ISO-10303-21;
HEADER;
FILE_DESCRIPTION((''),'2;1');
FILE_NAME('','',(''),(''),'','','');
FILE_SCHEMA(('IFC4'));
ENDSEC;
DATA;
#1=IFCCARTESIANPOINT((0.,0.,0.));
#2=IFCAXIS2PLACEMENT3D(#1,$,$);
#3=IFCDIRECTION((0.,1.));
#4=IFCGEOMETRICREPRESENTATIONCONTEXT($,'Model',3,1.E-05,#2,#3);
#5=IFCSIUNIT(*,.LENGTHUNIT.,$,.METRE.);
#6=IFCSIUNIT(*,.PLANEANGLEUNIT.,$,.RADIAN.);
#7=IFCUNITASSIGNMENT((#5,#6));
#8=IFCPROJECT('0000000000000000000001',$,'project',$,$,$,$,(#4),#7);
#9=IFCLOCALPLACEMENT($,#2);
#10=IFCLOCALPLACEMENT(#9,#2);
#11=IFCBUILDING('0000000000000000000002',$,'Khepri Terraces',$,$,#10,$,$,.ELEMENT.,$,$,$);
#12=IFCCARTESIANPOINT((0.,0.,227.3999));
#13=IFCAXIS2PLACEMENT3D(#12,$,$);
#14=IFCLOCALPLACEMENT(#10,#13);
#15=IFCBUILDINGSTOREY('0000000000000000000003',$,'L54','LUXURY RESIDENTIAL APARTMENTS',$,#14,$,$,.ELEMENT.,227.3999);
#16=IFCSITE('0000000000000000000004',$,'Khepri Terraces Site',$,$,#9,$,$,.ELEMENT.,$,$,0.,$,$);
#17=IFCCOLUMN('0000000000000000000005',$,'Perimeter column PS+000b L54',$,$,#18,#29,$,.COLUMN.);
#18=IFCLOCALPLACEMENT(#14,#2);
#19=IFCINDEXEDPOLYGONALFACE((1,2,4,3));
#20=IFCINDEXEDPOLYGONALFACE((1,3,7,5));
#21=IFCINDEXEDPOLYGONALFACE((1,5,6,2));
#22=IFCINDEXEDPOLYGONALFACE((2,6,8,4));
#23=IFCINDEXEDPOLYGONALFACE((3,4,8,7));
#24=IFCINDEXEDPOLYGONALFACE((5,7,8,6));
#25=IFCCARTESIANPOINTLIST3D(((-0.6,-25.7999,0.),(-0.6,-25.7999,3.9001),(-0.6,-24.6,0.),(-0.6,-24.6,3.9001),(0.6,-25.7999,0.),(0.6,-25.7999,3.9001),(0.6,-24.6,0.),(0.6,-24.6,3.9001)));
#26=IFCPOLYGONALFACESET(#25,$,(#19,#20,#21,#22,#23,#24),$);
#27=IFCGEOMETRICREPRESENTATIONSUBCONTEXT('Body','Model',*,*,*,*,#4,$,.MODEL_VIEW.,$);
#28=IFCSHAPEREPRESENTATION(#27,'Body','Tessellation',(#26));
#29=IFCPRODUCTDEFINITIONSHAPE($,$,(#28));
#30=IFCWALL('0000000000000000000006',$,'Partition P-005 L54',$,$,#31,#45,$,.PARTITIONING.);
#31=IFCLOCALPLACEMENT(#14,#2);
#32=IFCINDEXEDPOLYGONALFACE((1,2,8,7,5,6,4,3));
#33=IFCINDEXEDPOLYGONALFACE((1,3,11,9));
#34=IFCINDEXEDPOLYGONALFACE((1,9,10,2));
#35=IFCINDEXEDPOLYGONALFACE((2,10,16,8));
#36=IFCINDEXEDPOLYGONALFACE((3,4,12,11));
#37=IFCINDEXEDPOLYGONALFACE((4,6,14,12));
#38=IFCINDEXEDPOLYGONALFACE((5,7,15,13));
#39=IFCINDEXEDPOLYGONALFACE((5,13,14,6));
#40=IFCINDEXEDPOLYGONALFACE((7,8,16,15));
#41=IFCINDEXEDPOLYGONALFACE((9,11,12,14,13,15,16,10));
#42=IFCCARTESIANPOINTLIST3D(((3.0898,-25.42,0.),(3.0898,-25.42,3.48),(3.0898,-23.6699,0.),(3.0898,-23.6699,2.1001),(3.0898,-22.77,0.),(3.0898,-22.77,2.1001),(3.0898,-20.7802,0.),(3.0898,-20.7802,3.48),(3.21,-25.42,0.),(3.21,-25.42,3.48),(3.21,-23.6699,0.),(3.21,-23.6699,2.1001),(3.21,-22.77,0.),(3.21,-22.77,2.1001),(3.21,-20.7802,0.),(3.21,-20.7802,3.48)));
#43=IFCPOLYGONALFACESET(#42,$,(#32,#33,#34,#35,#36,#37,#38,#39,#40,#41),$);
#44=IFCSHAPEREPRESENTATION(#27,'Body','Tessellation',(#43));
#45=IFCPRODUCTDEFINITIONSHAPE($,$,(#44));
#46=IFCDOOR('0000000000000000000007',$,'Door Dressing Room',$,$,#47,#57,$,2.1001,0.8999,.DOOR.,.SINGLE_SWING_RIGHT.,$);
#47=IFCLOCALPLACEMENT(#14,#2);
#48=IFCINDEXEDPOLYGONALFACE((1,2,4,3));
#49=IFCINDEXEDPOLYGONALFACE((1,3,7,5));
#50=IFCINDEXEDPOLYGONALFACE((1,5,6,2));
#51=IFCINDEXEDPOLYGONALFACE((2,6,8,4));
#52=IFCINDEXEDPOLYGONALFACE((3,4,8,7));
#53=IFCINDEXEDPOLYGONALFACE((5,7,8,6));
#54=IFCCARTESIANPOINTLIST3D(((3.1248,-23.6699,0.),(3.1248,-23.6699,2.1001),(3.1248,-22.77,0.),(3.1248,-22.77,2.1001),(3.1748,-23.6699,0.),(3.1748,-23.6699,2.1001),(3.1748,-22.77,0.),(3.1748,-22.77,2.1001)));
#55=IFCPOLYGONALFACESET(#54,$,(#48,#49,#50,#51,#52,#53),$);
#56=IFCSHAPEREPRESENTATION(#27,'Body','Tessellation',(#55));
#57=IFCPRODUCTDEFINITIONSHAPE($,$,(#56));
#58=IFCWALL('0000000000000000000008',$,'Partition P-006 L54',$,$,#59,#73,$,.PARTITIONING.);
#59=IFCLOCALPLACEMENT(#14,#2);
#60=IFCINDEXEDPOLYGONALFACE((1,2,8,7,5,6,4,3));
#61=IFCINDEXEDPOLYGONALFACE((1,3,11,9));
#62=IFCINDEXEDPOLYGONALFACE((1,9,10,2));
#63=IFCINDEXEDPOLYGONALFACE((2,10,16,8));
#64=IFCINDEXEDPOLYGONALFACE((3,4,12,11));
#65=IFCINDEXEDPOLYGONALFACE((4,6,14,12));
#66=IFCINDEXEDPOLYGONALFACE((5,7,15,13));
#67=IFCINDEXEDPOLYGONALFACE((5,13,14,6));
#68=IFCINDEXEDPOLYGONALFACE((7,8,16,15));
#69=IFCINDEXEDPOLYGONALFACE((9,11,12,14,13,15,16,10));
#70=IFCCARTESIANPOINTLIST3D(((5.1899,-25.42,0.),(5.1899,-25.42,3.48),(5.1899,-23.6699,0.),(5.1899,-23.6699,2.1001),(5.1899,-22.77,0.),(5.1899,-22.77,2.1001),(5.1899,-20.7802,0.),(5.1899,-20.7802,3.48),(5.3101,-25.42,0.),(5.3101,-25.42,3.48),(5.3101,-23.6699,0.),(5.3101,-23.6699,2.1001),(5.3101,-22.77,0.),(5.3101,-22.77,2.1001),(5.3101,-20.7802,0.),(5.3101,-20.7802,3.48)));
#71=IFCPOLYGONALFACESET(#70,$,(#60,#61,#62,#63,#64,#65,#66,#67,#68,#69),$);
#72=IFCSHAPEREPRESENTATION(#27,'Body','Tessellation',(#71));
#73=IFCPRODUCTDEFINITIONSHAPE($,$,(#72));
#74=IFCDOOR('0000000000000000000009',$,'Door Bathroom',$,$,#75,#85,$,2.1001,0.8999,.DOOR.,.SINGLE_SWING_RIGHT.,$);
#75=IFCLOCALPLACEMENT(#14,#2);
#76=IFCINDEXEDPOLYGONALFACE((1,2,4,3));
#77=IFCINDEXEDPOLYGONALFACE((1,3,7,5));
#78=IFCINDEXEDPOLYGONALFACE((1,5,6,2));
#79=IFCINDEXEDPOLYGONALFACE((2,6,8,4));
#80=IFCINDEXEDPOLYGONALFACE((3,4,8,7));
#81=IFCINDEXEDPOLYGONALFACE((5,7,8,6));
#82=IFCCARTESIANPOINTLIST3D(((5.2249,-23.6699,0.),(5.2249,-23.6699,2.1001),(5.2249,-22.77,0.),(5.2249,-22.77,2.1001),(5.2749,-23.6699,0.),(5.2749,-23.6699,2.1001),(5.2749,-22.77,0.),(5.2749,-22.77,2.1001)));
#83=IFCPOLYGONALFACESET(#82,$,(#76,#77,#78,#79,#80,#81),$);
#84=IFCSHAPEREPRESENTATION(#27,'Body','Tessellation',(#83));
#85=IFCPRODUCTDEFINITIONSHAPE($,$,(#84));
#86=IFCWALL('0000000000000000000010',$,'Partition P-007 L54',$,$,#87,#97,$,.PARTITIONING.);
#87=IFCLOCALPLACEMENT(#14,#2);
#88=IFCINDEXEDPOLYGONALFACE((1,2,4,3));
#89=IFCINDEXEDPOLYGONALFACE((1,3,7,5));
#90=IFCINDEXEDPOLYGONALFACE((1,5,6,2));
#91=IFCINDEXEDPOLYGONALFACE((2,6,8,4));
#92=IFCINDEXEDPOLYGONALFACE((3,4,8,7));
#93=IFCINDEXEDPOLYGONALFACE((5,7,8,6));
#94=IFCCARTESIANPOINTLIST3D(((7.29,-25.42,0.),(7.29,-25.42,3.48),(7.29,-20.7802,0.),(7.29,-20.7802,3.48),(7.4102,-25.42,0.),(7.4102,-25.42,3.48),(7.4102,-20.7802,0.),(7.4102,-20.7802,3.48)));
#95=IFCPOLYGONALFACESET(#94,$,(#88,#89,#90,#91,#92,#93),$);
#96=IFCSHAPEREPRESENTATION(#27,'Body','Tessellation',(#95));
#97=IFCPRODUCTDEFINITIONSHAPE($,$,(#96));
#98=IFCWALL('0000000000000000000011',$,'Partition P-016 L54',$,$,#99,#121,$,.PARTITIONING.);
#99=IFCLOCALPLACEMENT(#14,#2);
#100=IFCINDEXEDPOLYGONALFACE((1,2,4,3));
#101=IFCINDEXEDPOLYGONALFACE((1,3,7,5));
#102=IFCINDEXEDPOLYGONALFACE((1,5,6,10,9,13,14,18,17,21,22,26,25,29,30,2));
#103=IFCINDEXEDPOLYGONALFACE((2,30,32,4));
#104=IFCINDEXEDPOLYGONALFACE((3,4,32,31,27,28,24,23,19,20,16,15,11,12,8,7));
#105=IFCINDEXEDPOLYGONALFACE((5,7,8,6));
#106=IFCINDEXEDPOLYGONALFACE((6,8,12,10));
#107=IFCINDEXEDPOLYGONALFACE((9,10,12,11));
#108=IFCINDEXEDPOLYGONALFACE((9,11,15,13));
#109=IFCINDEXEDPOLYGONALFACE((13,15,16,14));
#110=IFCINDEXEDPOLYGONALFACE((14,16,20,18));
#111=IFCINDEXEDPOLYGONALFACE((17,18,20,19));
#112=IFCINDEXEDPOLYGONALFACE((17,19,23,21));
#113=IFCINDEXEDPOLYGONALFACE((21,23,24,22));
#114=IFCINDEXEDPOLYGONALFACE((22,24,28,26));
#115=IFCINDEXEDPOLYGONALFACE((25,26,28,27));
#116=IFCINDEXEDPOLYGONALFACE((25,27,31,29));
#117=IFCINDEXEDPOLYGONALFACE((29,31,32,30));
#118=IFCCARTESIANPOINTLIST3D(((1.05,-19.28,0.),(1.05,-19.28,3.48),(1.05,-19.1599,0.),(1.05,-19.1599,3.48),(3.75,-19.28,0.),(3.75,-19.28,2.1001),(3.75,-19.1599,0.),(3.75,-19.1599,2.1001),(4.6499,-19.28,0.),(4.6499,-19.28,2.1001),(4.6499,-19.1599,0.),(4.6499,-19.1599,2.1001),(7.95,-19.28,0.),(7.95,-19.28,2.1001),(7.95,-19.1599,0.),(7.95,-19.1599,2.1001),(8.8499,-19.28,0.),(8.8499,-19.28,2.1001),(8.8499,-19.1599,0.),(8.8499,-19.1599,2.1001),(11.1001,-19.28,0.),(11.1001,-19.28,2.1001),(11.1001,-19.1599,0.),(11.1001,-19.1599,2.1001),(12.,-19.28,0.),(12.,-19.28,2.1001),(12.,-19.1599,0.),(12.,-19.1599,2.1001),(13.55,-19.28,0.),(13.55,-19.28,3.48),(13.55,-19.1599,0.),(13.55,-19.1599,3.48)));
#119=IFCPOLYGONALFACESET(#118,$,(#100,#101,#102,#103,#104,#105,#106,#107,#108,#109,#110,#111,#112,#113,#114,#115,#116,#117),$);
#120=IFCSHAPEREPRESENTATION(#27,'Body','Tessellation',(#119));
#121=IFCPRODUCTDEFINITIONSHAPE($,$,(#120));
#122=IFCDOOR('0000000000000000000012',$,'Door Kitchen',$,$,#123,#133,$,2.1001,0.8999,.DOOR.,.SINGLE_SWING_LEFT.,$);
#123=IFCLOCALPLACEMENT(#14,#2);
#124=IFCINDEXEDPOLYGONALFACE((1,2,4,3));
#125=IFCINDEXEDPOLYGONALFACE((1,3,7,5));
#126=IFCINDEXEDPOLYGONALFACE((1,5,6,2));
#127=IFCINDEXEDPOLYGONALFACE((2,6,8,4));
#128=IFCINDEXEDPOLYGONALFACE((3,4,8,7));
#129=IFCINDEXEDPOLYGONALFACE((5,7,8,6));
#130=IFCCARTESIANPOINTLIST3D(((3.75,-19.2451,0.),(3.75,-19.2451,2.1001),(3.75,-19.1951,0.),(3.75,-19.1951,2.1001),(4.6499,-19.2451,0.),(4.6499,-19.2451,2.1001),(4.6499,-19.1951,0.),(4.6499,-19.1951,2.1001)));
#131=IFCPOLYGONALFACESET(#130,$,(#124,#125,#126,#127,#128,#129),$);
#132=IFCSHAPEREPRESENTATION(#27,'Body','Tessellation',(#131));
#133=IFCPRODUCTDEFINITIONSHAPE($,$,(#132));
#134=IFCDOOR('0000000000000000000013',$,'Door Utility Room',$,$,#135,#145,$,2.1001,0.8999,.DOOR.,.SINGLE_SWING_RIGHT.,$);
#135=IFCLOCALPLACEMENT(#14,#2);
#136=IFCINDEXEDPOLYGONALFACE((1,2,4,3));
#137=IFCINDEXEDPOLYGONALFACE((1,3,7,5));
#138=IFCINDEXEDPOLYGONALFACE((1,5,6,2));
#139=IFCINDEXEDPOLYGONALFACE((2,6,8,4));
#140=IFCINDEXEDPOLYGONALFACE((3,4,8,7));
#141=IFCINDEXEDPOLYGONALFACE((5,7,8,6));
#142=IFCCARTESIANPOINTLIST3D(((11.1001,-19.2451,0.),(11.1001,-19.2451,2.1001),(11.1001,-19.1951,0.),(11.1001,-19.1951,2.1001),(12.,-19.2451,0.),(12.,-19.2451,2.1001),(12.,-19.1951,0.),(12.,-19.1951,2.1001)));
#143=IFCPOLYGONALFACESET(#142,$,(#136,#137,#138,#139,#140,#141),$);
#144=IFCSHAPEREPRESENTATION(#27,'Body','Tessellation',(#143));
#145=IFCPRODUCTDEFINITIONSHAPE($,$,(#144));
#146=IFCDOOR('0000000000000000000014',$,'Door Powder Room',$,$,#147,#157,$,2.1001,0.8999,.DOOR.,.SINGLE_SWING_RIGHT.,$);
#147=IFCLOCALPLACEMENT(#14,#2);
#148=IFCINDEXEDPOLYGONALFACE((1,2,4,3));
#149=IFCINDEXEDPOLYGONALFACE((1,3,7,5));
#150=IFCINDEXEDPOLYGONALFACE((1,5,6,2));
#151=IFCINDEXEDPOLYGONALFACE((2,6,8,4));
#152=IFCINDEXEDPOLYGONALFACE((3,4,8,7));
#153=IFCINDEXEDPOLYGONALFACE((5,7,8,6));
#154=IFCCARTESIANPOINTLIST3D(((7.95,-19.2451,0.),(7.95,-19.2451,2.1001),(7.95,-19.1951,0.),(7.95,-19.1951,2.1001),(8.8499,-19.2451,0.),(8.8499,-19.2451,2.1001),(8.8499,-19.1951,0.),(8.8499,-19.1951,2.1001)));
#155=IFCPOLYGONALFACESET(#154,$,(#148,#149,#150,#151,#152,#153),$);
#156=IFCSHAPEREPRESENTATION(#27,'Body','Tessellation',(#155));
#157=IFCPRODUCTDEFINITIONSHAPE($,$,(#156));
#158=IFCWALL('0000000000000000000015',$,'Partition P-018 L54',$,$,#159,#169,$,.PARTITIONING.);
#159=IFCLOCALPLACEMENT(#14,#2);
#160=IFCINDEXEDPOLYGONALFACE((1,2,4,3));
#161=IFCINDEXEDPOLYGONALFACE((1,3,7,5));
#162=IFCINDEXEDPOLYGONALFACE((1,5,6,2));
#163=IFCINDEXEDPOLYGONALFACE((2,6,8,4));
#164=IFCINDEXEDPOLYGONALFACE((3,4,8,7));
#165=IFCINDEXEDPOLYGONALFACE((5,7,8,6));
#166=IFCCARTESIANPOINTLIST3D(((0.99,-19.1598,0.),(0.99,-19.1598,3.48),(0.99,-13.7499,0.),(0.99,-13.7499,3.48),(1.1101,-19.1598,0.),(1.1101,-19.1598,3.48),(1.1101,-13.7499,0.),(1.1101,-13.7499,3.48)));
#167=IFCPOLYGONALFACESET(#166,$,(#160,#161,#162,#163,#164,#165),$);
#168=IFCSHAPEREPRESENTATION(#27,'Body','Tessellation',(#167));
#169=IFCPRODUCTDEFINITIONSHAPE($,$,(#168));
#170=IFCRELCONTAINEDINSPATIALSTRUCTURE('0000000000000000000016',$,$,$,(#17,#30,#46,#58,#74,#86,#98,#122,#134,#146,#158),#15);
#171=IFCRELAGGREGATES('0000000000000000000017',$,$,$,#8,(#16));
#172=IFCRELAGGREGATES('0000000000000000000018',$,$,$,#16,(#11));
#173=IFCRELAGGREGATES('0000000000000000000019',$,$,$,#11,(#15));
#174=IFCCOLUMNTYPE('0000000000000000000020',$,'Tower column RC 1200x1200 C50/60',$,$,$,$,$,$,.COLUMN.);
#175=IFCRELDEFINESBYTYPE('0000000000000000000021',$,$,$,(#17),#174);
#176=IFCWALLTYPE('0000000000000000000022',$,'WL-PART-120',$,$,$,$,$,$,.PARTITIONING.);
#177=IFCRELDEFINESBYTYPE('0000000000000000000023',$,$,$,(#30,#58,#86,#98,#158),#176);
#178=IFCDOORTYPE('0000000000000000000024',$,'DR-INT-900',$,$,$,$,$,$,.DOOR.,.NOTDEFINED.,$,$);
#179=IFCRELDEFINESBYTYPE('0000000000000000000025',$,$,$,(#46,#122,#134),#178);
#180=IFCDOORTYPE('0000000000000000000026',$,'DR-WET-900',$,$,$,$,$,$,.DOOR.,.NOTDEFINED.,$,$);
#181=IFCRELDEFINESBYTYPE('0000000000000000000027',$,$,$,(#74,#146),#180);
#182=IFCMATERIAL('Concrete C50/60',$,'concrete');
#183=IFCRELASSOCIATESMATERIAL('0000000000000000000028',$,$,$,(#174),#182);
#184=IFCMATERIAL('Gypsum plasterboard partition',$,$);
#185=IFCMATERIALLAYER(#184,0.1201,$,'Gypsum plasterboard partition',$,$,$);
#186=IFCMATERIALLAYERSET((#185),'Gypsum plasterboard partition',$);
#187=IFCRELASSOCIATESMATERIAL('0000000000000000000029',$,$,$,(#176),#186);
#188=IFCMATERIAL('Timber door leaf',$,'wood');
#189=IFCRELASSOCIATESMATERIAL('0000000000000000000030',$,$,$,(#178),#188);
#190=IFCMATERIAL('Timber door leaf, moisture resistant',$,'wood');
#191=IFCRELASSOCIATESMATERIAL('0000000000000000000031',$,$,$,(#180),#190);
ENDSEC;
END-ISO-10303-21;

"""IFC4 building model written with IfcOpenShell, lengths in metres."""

from ifc_helpers import new_model, si_unit, direction, frame, frame_2d, origin, origin_2d, place, context, subcontext, project, spatial, rectangle, extrude, material, layer, layer_set, material_profile, profile_set, type_object, element, fill, save


model = new_model("IFC4")

# Units and contexts
model_context = context("Model", 3, precision=1e-05, world=origin(), true_north=direction((0.0, 1.0)))
body_context = subcontext(model_context, "Body", "Model", "MODEL_VIEW")
ifc_project = project(units=[si_unit("LENGTHUNIT", "METRE"), si_unit("PLANEANGLEUNIT", "RADIAN")], contexts=[model_context])

# Site, building, storey
site_placement = place(None, origin())
site = spatial("IfcSite", under=ifc_project, at=site_placement, Name="Khepri Terraces Site", CompositionType="ELEMENT", RefElevation=0.0)
building_placement = place(site_placement, origin())
building = spatial("IfcBuilding", under=site, at=building_placement, Name="Khepri Terraces", CompositionType="ELEMENT")
storey_placement = place(building_placement, frame((0.0, 0.0, 227.3999)))
storey = spatial("IfcBuildingStorey", under=building, at=storey_placement, Name="L54", Description="LUXURY RESIDENTIAL APARTMENTS", CompositionType="ELEMENT", Elevation=227.3999)

# Column
ifc_material_1 = material(Name="Concrete C50/60", Category="concrete")
ifc_material_profile = material_profile(ifc_material_1, rectangle(XDim=1.2, YDim=1.2, at=origin_2d()), Name="Concrete C50/60", Category="concrete")
ifc_profile_set = profile_set([ifc_material_profile], Name="Concrete C50/60")
column_type = type_object("IfcColumnType", Name="Tower column RC 1200x1200 C50/60", PredefinedType="COLUMN", material=ifc_profile_set)
column_placement = place(storey_placement, frame((0.0, -25.2, 0.0), z_axis=(0.0, 0.0, 1.0), x_axis=(1.0, 0.0, 0.0)))
element("IfcColumn", 1, at=column_placement, inside=storey, type_object=column_type, Name="Perimeter column PS+000b L54", PredefinedType="COLUMN", context=body_context, shape_type="SweptSolid", body=[
    extrude(rectangle(XDim=1.2, YDim=1.2, at=origin_2d()), origin(), (0.0, 0.0, 1.0), 3.9001),
])

# Walls, openings, doors
ifc_material_2 = material(Name="Gypsum plasterboard partition")
ifc_layer_1 = layer(ifc_material_2, 0.1201, Name="Gypsum plasterboard partition")
ifc_layer_set_1 = layer_set([ifc_layer_1], Name="Gypsum plasterboard partition")
wall_type_1 = type_object("IfcWallType", Name="WL-PART-120", PredefinedType="PARTITIONING", material=ifc_layer_set_1)
wall_1_placement = place(storey_placement, frame((3.1499, -25.4199, 0.0), z_axis=(0.0, 0.0, 1.0), x_axis=(0.0, 1.0, 0.0)))
wall_1 = element("IfcWall", 2, at=wall_1_placement, inside=storey, type_object=wall_type_1, Name="Partition P-005 L54", PredefinedType="PARTITIONING", context=body_context, shape_type="SweptSolid", body=[
    extrude(rectangle(XDim=4.6399, YDim=0.1201, at=frame_2d((2.3198, 0.0))), origin(), (0.0, 0.0, 1.0), 3.48),
])
opening_1_placement = place(wall_1_placement, frame((1.75, 0.0, 0.0)))
opening_1 = element("IfcOpeningElement", 3, at=opening_1_placement, cuts=wall_1, PredefinedType="OPENING", context=body_context, shape_type="SweptSolid", body=[
    extrude(rectangle(XDim=0.8999, YDim=2.1001, at=frame_2d((0.45, 1.05))), frame((0.0, 0.0701, 0.0), z_axis=(0.0, -1.0, 0.0), x_axis=(1.0, 0.0, 0.0)), (0.0, 0.0, 1.0), 0.1401),
])
ifc_material_3 = material(Name="Timber door leaf", Category="wood")
door_type_1 = type_object("IfcDoorType", Name="DR-INT-900", OperationType="NOTDEFINED", PredefinedType="DOOR", material=ifc_material_3)
door_1_placement = place(opening_1_placement, frame((0.8999, 0.0, 0.0), z_axis=(0.0, 0.0, 1.0), x_axis=(-1.0, 0.0, 0.0)))
door_1 = element("IfcDoor", 4, at=door_1_placement, inside=storey, type_object=door_type_1, Name="Door Dressing Room", OperationType="SINGLE_SWING_RIGHT", OverallHeight=2.1001, OverallWidth=0.8999, PredefinedType="DOOR", context=body_context, shape_type="SweptSolid", body=[
    extrude(rectangle(XDim=0.8999, YDim=2.1001, at=frame_2d((0.45, 1.05))), frame((0.0, 0.0249, 0.0), z_axis=(0.0, -1.0, 0.0), x_axis=(1.0, 0.0, 0.0)), (0.0, 0.0, 1.0), 0.05),
])
fill(opening_1, door_1)
wall_2_placement = place(storey_placement, frame((5.25, -25.4199, 0.0), z_axis=(0.0, 0.0, 1.0), x_axis=(0.0, 1.0, 0.0)))
wall_2 = element("IfcWall", 5, at=wall_2_placement, inside=storey, type_object=wall_type_1, Name="Partition P-006 L54", PredefinedType="PARTITIONING", context=body_context, shape_type="SweptSolid", body=[
    extrude(rectangle(XDim=4.6399, YDim=0.1201, at=frame_2d((2.3198, 0.0))), origin(), (0.0, 0.0, 1.0), 3.48),
])
opening_2_placement = place(wall_2_placement, frame((1.75, 0.0, 0.0)))
opening_2 = element("IfcOpeningElement", 6, at=opening_2_placement, cuts=wall_2, PredefinedType="OPENING", context=body_context, shape_type="SweptSolid", body=[
    extrude(rectangle(XDim=0.8999, YDim=2.1001, at=frame_2d((0.45, 1.05))), frame((0.0, 0.0701, 0.0), z_axis=(0.0, -1.0, 0.0), x_axis=(1.0, 0.0, 0.0)), (0.0, 0.0, 1.0), 0.1401),
])
ifc_material_4 = material(Name="Timber door leaf, moisture resistant", Category="wood")
door_type_2 = type_object("IfcDoorType", Name="DR-WET-900", OperationType="NOTDEFINED", PredefinedType="DOOR", material=ifc_material_4)
door_2_placement = place(opening_2_placement, frame((0.8999, 0.0, 0.0), z_axis=(0.0, 0.0, 1.0), x_axis=(-1.0, 0.0, 0.0)))
door_2 = element("IfcDoor", 7, at=door_2_placement, inside=storey, type_object=door_type_2, Name="Door Bathroom", OperationType="SINGLE_SWING_RIGHT", OverallHeight=2.1001, OverallWidth=0.8999, PredefinedType="DOOR", context=body_context, shape_type="SweptSolid", body=[
    extrude(rectangle(XDim=0.8999, YDim=2.1001, at=frame_2d((0.45, 1.05))), frame((0.0, 0.0249, 0.0), z_axis=(0.0, -1.0, 0.0), x_axis=(1.0, 0.0, 0.0)), (0.0, 0.0, 1.0), 0.05),
])
fill(opening_2, door_2)

# Wall
wall_3_placement = place(storey_placement, frame((7.3501, -25.4199, 0.0), z_axis=(0.0, 0.0, 1.0), x_axis=(0.0, 1.0, 0.0)))
element("IfcWall", 8, at=wall_3_placement, inside=storey, type_object=wall_type_1, Name="Partition P-007 L54", PredefinedType="PARTITIONING", context=body_context, shape_type="SweptSolid", body=[
    extrude(rectangle(XDim=4.6399, YDim=0.1201, at=frame_2d((2.3198, 0.0))), origin(), (0.0, 0.0, 1.0), 3.48),
])

# Wall, openings, doors
wall_4_placement = place(storey_placement, frame((1.05, -19.22, 0.0), z_axis=(0.0, 0.0, 1.0), x_axis=(1.0, 0.0, 0.0)))
wall_4 = element("IfcWall", 9, at=wall_4_placement, inside=storey, type_object=wall_type_1, Name="Partition P-016 L54", PredefinedType="PARTITIONING", context=body_context, shape_type="SweptSolid", body=[
    extrude(rectangle(XDim=12.5, YDim=0.1201, at=frame_2d((6.25, 0.0))), origin(), (0.0, 0.0, 1.0), 3.48),
])
opening_3_placement = place(wall_4_placement, frame((2.7, 0.0, 0.0)))
opening_3 = element("IfcOpeningElement", 10, at=opening_3_placement, cuts=wall_4, PredefinedType="OPENING", context=body_context, shape_type="SweptSolid", body=[
    extrude(rectangle(XDim=0.8999, YDim=2.1001, at=frame_2d((0.45, 1.05))), frame((0.0, 0.0701, 0.0), z_axis=(0.0, -1.0, 0.0), x_axis=(1.0, 0.0, 0.0)), (0.0, 0.0, 1.0), 0.1401),
])
opening_4_placement = place(wall_4_placement, frame((6.8999, 0.0, 0.0)))
opening_4 = element("IfcOpeningElement", 11, at=opening_4_placement, cuts=wall_4, PredefinedType="OPENING", context=body_context, shape_type="SweptSolid", body=[
    extrude(rectangle(XDim=0.8999, YDim=2.1001, at=frame_2d((0.45, 1.05))), frame((0.0, 0.0701, 0.0), z_axis=(0.0, -1.0, 0.0), x_axis=(1.0, 0.0, 0.0)), (0.0, 0.0, 1.0), 0.1401),
])
opening_5_placement = place(wall_4_placement, frame((10.05, 0.0, 0.0)))
opening_5 = element("IfcOpeningElement", 12, at=opening_5_placement, cuts=wall_4, PredefinedType="OPENING", context=body_context, shape_type="SweptSolid", body=[
    extrude(rectangle(XDim=0.8999, YDim=2.1001, at=frame_2d((0.45, 1.05))), frame((0.0, 0.0701, 0.0), z_axis=(0.0, -1.0, 0.0), x_axis=(1.0, 0.0, 0.0)), (0.0, 0.0, 1.0), 0.1401),
])
door_3_placement = place(opening_3_placement, origin())
door_3 = element("IfcDoor", 13, at=door_3_placement, inside=storey, type_object=door_type_1, Name="Door Kitchen", OperationType="SINGLE_SWING_LEFT", OverallHeight=2.1001, OverallWidth=0.8999, PredefinedType="DOOR", context=body_context, shape_type="SweptSolid", body=[
    extrude(rectangle(XDim=0.8999, YDim=2.1001, at=frame_2d((0.45, 1.05))), frame((0.0, 0.0249, 0.0), z_axis=(0.0, -1.0, 0.0), x_axis=(1.0, 0.0, 0.0)), (0.0, 0.0, 1.0), 0.05),
])
fill(opening_3, door_3)
door_4_placement = place(opening_5_placement, origin())
door_4 = element("IfcDoor", 14, at=door_4_placement, inside=storey, type_object=door_type_1, Name="Door Utility Room", OperationType="SINGLE_SWING_RIGHT", OverallHeight=2.1001, OverallWidth=0.8999, PredefinedType="DOOR", context=body_context, shape_type="SweptSolid", body=[
    extrude(rectangle(XDim=0.8999, YDim=2.1001, at=frame_2d((0.45, 1.05))), frame((0.0, 0.0249, 0.0), z_axis=(0.0, -1.0, 0.0), x_axis=(1.0, 0.0, 0.0)), (0.0, 0.0, 1.0), 0.05),
])
fill(opening_5, door_4)
door_5_placement = place(opening_4_placement, origin())
door_5 = element("IfcDoor", 15, at=door_5_placement, inside=storey, type_object=door_type_2, Name="Door Powder Room", OperationType="SINGLE_SWING_RIGHT", OverallHeight=2.1001, OverallWidth=0.8999, PredefinedType="DOOR", context=body_context, shape_type="SweptSolid", body=[
    extrude(rectangle(XDim=0.8999, YDim=2.1001, at=frame_2d((0.45, 1.05))), frame((0.0, 0.0249, 0.0), z_axis=(0.0, -1.0, 0.0), x_axis=(1.0, 0.0, 0.0)), (0.0, 0.0, 1.0), 0.05),
])
fill(opening_4, door_5)

# Wall
wall_5_placement = place(storey_placement, frame((1.05, -19.1599, 0.0), z_axis=(0.0, 0.0, 1.0), x_axis=(0.0, 1.0, 0.0)))
element("IfcWall", 16, at=wall_5_placement, inside=storey, type_object=wall_type_1, Name="Partition P-018 L54", PredefinedType="PARTITIONING", context=body_context, shape_type="SweptSolid", body=[
    extrude(rectangle(XDim=5.4099, YDim=0.1201, at=frame_2d((2.7051, 0.0))), origin(), (0.0, 0.0, 1.0), 3.48),
])

save(model, "model.ifc")
